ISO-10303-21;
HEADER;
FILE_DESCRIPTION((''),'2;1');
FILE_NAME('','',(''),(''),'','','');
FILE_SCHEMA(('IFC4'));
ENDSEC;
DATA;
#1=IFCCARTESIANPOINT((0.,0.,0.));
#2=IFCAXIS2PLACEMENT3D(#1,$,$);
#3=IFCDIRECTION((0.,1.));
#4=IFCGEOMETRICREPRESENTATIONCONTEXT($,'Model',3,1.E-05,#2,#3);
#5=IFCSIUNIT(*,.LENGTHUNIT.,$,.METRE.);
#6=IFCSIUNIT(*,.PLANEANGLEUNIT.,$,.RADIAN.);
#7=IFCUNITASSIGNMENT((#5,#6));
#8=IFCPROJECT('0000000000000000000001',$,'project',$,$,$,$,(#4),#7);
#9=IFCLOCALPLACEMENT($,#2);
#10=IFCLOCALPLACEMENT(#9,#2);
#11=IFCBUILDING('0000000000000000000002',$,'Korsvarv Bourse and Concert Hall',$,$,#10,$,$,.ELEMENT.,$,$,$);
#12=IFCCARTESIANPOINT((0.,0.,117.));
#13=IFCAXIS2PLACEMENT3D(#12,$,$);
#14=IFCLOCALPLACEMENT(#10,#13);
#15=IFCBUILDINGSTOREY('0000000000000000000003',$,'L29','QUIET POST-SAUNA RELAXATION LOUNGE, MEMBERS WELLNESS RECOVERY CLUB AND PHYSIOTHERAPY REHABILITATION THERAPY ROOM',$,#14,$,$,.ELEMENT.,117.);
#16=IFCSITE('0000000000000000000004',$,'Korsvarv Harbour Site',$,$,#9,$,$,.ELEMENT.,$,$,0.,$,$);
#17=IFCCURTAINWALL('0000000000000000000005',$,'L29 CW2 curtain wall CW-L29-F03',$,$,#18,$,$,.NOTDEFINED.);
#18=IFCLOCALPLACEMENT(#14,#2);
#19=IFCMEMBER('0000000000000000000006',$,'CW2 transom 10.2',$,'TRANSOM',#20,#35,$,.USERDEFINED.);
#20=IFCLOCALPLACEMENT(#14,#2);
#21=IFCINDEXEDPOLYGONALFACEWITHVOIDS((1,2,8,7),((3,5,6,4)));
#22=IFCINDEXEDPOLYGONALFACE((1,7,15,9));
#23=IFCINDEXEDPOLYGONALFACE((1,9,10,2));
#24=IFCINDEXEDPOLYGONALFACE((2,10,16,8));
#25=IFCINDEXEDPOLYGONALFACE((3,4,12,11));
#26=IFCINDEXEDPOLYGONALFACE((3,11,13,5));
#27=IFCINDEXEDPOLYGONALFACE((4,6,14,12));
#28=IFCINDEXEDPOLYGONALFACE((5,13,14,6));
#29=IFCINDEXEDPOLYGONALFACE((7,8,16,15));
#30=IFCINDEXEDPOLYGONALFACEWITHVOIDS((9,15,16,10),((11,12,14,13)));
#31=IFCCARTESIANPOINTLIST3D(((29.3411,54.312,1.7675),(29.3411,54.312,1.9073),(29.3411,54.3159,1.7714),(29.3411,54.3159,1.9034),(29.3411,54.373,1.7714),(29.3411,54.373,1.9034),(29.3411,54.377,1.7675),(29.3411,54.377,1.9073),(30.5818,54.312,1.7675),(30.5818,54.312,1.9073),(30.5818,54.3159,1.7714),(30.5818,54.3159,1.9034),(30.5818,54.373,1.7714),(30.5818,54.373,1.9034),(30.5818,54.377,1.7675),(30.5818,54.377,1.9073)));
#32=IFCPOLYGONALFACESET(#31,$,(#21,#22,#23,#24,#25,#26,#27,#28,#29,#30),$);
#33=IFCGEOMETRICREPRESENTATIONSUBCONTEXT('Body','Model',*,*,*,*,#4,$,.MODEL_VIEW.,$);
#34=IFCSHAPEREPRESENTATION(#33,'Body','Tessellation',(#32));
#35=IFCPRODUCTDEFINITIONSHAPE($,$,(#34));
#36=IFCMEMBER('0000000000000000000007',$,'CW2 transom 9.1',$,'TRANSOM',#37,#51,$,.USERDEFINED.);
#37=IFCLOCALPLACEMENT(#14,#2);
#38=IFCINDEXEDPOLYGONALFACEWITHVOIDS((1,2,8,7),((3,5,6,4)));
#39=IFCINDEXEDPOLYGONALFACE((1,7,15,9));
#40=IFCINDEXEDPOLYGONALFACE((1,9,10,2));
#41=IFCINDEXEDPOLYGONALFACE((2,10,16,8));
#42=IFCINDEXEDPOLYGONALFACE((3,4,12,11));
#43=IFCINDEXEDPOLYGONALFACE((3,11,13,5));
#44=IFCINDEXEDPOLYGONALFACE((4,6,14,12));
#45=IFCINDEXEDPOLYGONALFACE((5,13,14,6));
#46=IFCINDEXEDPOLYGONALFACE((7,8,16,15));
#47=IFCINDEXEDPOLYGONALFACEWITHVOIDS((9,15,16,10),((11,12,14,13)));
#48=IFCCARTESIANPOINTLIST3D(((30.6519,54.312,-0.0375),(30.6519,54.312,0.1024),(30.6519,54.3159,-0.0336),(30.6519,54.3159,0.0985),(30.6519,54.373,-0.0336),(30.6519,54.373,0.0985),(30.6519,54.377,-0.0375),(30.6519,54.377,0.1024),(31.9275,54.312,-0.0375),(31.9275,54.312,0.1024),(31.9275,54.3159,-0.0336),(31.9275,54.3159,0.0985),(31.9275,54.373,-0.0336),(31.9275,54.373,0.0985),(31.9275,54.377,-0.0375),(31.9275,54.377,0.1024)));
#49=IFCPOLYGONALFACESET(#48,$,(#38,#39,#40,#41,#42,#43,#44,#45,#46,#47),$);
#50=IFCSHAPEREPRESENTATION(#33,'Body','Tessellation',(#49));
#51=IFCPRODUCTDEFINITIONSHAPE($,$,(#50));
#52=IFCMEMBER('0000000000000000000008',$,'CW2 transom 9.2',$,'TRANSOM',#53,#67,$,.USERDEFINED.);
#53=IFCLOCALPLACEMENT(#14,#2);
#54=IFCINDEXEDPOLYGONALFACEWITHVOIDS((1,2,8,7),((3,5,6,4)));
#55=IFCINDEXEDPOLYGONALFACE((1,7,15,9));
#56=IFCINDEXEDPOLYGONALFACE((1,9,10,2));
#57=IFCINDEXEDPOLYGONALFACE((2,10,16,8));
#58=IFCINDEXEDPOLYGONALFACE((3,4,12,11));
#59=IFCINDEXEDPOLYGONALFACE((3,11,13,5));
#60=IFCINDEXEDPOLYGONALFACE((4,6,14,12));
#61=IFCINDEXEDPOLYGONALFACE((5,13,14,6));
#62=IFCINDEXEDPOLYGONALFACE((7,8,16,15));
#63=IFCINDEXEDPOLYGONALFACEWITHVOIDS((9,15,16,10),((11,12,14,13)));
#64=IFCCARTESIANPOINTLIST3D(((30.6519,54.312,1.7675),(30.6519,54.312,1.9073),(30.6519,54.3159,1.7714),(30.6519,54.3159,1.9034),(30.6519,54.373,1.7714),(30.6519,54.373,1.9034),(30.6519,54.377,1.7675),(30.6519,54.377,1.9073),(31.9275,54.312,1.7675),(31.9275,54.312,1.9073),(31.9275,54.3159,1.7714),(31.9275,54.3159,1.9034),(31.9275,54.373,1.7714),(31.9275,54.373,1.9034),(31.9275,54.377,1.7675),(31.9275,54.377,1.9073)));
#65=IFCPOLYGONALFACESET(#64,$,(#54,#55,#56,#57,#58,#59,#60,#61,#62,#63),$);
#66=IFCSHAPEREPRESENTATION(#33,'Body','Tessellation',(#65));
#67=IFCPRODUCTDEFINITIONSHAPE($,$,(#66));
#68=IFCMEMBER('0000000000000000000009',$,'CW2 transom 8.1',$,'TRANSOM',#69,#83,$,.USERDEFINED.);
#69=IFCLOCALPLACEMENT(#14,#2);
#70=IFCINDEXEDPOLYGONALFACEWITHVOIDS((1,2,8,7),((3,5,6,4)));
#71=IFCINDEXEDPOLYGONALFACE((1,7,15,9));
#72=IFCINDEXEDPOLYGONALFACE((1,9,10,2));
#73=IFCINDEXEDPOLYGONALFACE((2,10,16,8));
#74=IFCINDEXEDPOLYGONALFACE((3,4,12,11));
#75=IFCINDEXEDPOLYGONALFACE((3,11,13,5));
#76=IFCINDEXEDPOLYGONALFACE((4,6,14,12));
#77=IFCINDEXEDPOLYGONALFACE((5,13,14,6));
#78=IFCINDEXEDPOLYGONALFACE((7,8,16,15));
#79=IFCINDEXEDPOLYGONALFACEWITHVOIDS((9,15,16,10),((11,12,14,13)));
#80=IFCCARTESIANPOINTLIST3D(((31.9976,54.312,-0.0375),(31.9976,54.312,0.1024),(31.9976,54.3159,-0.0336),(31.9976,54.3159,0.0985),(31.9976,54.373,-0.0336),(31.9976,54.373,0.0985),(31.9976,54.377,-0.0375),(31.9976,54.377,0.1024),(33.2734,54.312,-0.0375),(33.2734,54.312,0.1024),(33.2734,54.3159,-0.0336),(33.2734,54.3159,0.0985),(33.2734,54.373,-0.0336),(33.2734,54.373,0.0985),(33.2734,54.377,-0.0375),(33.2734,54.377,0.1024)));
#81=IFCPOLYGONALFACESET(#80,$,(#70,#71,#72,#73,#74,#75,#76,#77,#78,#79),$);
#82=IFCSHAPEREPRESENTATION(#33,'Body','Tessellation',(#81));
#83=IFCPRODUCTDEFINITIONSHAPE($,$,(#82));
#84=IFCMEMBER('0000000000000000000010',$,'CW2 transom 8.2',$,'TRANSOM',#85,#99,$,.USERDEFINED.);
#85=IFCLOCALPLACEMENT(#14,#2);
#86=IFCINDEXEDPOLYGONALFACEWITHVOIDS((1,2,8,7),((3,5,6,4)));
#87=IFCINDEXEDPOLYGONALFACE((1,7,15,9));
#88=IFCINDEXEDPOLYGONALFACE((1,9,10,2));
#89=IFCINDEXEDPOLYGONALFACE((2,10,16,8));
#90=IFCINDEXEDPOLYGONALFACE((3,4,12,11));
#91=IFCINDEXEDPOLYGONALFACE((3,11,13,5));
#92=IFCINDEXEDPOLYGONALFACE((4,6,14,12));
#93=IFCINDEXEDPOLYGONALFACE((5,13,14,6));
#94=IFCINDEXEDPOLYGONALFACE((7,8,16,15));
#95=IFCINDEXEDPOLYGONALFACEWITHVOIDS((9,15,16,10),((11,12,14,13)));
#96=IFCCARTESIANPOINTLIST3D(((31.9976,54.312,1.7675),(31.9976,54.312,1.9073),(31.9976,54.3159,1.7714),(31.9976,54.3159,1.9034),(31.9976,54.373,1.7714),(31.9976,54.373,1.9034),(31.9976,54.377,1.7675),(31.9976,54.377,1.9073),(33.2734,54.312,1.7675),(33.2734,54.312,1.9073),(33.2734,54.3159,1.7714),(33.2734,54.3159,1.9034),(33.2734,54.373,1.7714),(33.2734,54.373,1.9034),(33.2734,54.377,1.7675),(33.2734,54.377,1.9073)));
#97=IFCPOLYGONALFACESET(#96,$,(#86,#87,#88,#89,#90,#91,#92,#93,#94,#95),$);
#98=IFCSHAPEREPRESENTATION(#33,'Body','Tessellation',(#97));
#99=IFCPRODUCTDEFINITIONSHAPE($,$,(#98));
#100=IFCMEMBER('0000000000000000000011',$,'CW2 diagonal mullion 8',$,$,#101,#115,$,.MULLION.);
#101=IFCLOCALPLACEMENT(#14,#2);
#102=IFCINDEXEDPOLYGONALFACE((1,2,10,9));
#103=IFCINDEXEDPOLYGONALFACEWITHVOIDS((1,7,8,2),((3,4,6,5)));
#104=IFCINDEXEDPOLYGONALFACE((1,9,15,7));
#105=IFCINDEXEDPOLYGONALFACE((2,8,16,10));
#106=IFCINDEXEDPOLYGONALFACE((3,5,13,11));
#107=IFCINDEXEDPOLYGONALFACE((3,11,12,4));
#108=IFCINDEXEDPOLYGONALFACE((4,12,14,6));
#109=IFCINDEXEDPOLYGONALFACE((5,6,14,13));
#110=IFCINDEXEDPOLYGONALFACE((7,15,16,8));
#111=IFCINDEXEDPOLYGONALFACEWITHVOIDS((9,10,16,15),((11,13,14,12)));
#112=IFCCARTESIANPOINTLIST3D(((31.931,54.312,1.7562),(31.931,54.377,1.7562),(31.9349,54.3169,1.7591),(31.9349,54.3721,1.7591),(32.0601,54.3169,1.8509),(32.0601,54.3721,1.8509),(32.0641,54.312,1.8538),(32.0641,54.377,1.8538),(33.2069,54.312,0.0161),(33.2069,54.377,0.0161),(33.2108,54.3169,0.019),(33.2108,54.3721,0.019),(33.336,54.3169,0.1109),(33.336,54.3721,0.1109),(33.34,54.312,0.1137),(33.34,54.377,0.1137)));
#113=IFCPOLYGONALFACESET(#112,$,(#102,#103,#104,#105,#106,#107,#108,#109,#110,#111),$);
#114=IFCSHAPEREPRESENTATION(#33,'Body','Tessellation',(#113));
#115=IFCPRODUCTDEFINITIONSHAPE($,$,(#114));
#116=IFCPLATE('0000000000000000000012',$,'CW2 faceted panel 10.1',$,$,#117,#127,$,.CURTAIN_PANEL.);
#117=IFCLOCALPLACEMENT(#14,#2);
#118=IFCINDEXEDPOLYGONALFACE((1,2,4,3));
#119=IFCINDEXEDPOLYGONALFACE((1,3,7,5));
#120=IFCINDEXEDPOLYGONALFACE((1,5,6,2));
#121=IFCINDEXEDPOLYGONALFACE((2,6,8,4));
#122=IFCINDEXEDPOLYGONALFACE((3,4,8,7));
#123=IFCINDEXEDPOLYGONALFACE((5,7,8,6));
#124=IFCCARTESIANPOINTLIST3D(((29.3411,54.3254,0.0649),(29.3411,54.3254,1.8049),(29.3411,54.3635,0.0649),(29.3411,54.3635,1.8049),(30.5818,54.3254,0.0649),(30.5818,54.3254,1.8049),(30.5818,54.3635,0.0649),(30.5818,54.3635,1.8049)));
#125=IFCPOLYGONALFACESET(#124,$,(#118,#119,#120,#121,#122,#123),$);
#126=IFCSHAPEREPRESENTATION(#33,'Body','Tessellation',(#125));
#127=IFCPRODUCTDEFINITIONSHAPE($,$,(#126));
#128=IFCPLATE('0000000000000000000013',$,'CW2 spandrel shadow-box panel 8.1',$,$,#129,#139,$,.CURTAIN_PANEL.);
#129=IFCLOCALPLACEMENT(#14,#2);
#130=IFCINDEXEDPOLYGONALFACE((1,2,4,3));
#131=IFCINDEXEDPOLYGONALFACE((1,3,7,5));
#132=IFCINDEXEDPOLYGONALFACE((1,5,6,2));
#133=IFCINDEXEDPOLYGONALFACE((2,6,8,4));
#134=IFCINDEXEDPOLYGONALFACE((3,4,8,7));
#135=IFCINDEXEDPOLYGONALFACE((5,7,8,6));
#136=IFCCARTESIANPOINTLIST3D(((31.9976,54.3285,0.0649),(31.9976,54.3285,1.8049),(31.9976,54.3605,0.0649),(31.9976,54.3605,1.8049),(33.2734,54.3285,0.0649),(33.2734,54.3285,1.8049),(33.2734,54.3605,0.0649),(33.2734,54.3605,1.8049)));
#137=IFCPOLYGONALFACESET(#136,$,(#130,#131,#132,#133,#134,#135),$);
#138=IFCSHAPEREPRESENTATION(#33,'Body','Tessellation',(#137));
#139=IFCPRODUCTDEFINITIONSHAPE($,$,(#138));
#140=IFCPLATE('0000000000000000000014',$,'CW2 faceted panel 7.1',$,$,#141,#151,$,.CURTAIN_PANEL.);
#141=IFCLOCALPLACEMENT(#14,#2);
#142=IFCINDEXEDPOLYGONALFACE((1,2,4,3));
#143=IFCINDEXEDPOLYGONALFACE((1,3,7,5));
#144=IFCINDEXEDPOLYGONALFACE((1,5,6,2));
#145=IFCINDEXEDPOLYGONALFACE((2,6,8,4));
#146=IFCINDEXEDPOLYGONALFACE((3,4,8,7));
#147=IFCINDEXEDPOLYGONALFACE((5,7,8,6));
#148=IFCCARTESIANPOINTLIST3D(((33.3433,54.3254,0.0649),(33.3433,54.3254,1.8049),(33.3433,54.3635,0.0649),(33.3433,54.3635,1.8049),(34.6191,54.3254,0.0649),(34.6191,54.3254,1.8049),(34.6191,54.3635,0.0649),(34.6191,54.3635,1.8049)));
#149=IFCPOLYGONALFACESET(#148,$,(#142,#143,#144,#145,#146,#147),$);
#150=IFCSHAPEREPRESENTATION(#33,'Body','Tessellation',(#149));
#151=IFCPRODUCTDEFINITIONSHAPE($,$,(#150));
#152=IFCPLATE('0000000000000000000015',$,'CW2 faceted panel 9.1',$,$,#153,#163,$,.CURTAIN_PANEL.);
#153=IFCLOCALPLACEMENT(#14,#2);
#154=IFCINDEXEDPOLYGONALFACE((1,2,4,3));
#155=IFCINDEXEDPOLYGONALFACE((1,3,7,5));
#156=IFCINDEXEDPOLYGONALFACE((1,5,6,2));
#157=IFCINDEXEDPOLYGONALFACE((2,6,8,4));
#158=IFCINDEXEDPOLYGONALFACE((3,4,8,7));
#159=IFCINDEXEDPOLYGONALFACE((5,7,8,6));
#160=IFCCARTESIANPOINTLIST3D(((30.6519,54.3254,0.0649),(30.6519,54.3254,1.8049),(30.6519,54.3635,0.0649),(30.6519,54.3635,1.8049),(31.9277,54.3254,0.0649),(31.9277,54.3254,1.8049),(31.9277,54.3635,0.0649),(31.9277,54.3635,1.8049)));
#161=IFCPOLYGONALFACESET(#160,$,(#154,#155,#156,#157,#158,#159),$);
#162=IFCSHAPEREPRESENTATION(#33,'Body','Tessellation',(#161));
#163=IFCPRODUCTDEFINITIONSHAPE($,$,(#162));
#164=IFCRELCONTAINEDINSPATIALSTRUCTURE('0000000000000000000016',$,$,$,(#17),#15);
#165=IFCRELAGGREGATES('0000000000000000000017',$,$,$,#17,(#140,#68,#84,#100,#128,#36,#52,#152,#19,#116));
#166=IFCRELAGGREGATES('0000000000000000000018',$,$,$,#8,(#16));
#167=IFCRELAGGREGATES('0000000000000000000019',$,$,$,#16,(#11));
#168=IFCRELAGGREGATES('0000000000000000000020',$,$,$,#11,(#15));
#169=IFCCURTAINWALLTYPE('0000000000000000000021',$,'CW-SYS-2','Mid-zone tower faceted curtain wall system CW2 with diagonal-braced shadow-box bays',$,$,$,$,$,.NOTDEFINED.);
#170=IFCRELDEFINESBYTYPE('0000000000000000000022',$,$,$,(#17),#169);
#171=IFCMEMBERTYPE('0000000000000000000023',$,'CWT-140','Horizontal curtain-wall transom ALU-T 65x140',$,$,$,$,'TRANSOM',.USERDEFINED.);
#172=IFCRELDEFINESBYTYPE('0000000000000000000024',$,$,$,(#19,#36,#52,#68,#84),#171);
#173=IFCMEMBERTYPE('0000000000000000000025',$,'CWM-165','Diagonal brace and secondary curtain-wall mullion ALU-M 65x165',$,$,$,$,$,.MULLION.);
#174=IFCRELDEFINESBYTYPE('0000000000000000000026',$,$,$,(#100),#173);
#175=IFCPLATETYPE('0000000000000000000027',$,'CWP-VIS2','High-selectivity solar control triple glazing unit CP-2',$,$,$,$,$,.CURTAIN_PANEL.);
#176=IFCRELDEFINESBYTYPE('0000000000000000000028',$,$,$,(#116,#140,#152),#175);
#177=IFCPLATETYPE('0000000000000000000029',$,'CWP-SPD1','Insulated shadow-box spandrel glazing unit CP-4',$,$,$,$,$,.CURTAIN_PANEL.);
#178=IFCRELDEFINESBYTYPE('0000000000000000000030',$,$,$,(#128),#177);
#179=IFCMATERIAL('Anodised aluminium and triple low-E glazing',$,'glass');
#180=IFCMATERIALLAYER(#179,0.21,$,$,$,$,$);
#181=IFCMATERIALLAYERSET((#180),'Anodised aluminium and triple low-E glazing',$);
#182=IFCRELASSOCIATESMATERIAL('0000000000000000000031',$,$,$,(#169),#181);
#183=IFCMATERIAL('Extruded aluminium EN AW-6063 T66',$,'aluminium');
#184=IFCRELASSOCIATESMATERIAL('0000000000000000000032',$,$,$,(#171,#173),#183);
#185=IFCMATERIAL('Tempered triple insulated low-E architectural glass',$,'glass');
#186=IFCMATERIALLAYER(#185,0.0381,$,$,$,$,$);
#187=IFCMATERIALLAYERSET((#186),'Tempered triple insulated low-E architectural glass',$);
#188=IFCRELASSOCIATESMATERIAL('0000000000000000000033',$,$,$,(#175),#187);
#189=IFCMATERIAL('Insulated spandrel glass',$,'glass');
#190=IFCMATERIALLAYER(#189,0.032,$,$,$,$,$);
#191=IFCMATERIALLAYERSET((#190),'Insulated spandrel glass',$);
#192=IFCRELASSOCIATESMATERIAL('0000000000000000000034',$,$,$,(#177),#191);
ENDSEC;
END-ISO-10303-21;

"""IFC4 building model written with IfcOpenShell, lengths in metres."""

from ifc_helpers import new_model, si_unit, direction, frame, origin, origin_2d, place, context, subcontext, project, spatial, rectangle, hollow_rectangle, extrude, source, transform, mapped, material, layer, layer_set, material_profile, profile_set, type_object, element, aggregate, save


model = new_model("IFC4")

# Units and contexts
model_context = context("Model", 3, precision=1e-05, world=origin(), true_north=direction((0.0, 1.0)))
body_context = subcontext(model_context, "Body", "Model", "MODEL_VIEW")
ifc_project = project(units=[si_unit("LENGTHUNIT", "METRE"), si_unit("PLANEANGLEUNIT", "RADIAN")], contexts=[model_context])

# Site, building, storey
site_placement = place(None, origin())
site = spatial("IfcSite", under=ifc_project, at=site_placement, Name="Korsvarv Harbour Site", CompositionType="ELEMENT", RefElevation=0.0)
building_placement = place(site_placement, origin())
building = spatial("IfcBuilding", under=site, at=building_placement, Name="Korsvarv Bourse and Concert Hall", CompositionType="ELEMENT")
storey_placement = place(building_placement, frame((0.0, 0.0, 117.0)))
storey = spatial("IfcBuildingStorey", under=building, at=storey_placement, Name="L29", Description="QUIET POST-SAUNA RELAXATION LOUNGE, MEMBERS WELLNESS RECOVERY CLUB AND PHYSIOTHERAPY REHABILITATION THERAPY ROOM", CompositionType="ELEMENT", Elevation=117.0)

# Curtain wall, members, plates
ifc_material_1 = material(Name="Anodised aluminium and triple low-E glazing", Category="glass")
ifc_layer_1 = layer(ifc_material_1, 0.21)
ifc_layer_set_1 = layer_set([ifc_layer_1], Name="Anodised aluminium and triple low-E glazing")
curtain_wall_type = type_object("IfcCurtainWallType", Name="CW-SYS-2", Description="Mid-zone tower faceted curtain wall system CW2 with diagonal-braced shadow-box bays", PredefinedType="NOTDEFINED", material=ifc_layer_set_1)
curtain_wall_placement = place(storey_placement, origin())
curtain_wall = element("IfcCurtainWall", 1, at=curtain_wall_placement, inside=storey, type_object=curtain_wall_type, Name="L29 CW2 curtain wall CW-L29-F03", PredefinedType="NOTDEFINED")
ifc_material_2 = material(Name="Extruded aluminium EN AW-6063 T66", Category="aluminium")
ifc_material_profile_1 = material_profile(ifc_material_2, hollow_rectangle(XDim=0.0649, YDim=0.1399, WallThickness=0.0039, at=origin_2d()), Name="ALU-T 65x140")
ifc_profile_set_1 = profile_set([ifc_material_profile_1], Name="Extruded aluminium EN AW-6063 T66")
member_type_1 = type_object("IfcMemberType", Name="CWT-140", Description="Horizontal curtain-wall transom ALU-T 65x140", ElementType="TRANSOM", PredefinedType="USERDEFINED", material=ifc_profile_set_1)
shared_shape_1 = source(origin(), body_context, "Body", "SweptSolid", [
    extrude(hollow_rectangle(XDim=0.0649, YDim=0.1399, WallThickness=0.0039, at=origin_2d()), origin(), (0.0, 0.0, 1.0), 1.2407),
])
member_1_placement = place(storey_placement, frame((30.5818, 54.3445, 1.8374), z_axis=(-1.0, 0.0, 0.0), x_axis=(0.0, -1.0, 0.0)))
member_1 = element("IfcMember", 2, at=member_1_placement, type_object=member_type_1, Name="CW2 transom 10.2", ObjectType="TRANSOM", PredefinedType="USERDEFINED", context=body_context, shape_type="MappedRepresentation", body=[
    mapped(shared_shape_1, transform((0.0, 0.0, 0.0), scale=1.0)),
])
shared_shape_2 = source(origin(), body_context, "Body", "SweptSolid", [
    extrude(hollow_rectangle(XDim=0.0649, YDim=0.1399, WallThickness=0.0039, at=origin_2d()), origin(), (0.0, 0.0, 1.0), 1.2756),
])
member_2_placement = place(storey_placement, frame((31.9275, 54.3445, 0.0325), z_axis=(-1.0, 0.0, 0.0), x_axis=(0.0, -1.0, 0.0)))
member_2 = element("IfcMember", 3, at=member_2_placement, type_object=member_type_1, Name="CW2 transom 9.1", ObjectType="TRANSOM", PredefinedType="USERDEFINED", context=body_context, shape_type="MappedRepresentation", body=[
    mapped(shared_shape_2, transform((0.0, 0.0, 0.0), scale=1.0)),
])
member_3_placement = place(storey_placement, frame((31.9275, 54.3445, 1.8374), z_axis=(-1.0, 0.0, 0.0), x_axis=(0.0, -1.0, 0.0)))
member_3 = element("IfcMember", 4, at=member_3_placement, type_object=member_type_1, Name="CW2 transom 9.2", ObjectType="TRANSOM", PredefinedType="USERDEFINED", context=body_context, shape_type="MappedRepresentation", body=[
    mapped(shared_shape_2, transform((0.0, 0.0, 0.0), scale=1.0)),
])
shared_shape_3 = source(origin(), body_context, "Body", "SweptSolid", [
    extrude(hollow_rectangle(XDim=0.0649, YDim=0.1399, WallThickness=0.0039, at=origin_2d()), origin(), (0.0, 0.0, 1.0), 1.2759),
])
member_4_placement = place(storey_placement, frame((33.2734, 54.3445, 0.0325), z_axis=(-1.0, 0.0, 0.0), x_axis=(0.0, -1.0, 0.0)))
member_4 = element("IfcMember", 5, at=member_4_placement, type_object=member_type_1, Name="CW2 transom 8.1", ObjectType="TRANSOM", PredefinedType="USERDEFINED", context=body_context, shape_type="MappedRepresentation", body=[
    mapped(shared_shape_3, transform((0.0, 0.0, 0.0), scale=1.0)),
])
member_5_placement = place(storey_placement, frame((33.2734, 54.3445, 1.8374), z_axis=(-1.0, 0.0, 0.0), x_axis=(0.0, -1.0, 0.0)))
member_5 = element("IfcMember", 6, at=member_5_placement, type_object=member_type_1, Name="CW2 transom 8.2", ObjectType="TRANSOM", PredefinedType="USERDEFINED", context=body_context, shape_type="MappedRepresentation", body=[
    mapped(shared_shape_3, transform((0.0, 0.0, 0.0), scale=1.0)),
])
ifc_material_profile_2 = material_profile(ifc_material_2, hollow_rectangle(XDim=0.0649, YDim=0.165, WallThickness=0.0049, at=origin_2d()), Name="ALU-M 65x165")
ifc_profile_set_2 = profile_set([ifc_material_profile_2], Name="Extruded aluminium EN AW-6063 T66")
member_type_2 = type_object("IfcMemberType", Name="CWM-165", Description="Diagonal brace and secondary curtain-wall mullion ALU-M 65x165", PredefinedType="MULLION", material=ifc_profile_set_2)
shared_shape_4 = source(origin(), body_context, "Body", "SweptSolid", [
    extrude(hollow_rectangle(XDim=0.0649, YDim=0.165, WallThickness=0.0049, at=origin_2d()), origin(), (0.0, 0.0, 1.0), 2.1577),
])
member_6_placement = place(storey_placement, frame((33.2734, 54.3445, 0.0649), z_axis=(-0.591329, 0.0, 0.80643), x_axis=(0.0, -1.0, 0.0)))
member_6 = element("IfcMember", 7, at=member_6_placement, type_object=member_type_2, Name="CW2 diagonal mullion 8", PredefinedType="MULLION", context=body_context, shape_type="MappedRepresentation", body=[
    mapped(shared_shape_4, transform((0.0, 0.0, 0.0), scale=1.0)),
])
ifc_material_3 = material(Name="Tempered triple insulated low-E architectural glass", Category="glass")
ifc_layer_2 = layer(ifc_material_3, 0.0381)
ifc_layer_set_2 = layer_set([ifc_layer_2], Name="Tempered triple insulated low-E architectural glass")
plate_type_1 = type_object("IfcPlateType", Name="CWP-VIS2", Description="High-selectivity solar control triple glazing unit CP-2", PredefinedType="CURTAIN_PANEL", material=ifc_layer_set_2)
shared_shape_5 = source(origin(), body_context, "Body", "SweptSolid", [
    extrude(rectangle(XDim=1.2407, YDim=0.0381, at=origin_2d()), origin(), (0.0, 0.0, 1.0), 1.74),
])
plate_1_placement = place(storey_placement, frame((29.9614, 54.3445, 0.0649), z_axis=(0.0, 0.0, 1.0), x_axis=(-1.0, 0.0, 0.0)))
plate_1 = element("IfcPlate", 8, at=plate_1_placement, type_object=plate_type_1, Name="CW2 faceted panel 10.1", PredefinedType="CURTAIN_PANEL", context=body_context, shape_type="MappedRepresentation", body=[
    mapped(shared_shape_5, transform((0.0, 0.0, 0.0), scale=1.0)),
])
ifc_material_4 = material(Name="Insulated spandrel glass", Category="glass")
ifc_layer_3 = layer(ifc_material_4, 0.032)
ifc_layer_set_3 = layer_set([ifc_layer_3], Name="Insulated spandrel glass")
plate_type_2 = type_object("IfcPlateType", Name="CWP-SPD1", Description="Insulated shadow-box spandrel glazing unit CP-4", PredefinedType="CURTAIN_PANEL", material=ifc_layer_set_3)
shared_shape_6 = source(origin(), body_context, "Body", "SweptSolid", [
    extrude(rectangle(XDim=1.2759, YDim=0.032, at=origin_2d()), origin(), (0.0, 0.0, 1.0), 1.74),
])
plate_2_placement = place(storey_placement, frame((32.6355, 54.3445, 0.0649), z_axis=(0.0, 0.0, 1.0), x_axis=(-1.0, 0.0, 0.0)))
plate_2 = element("IfcPlate", 9, at=plate_2_placement, type_object=plate_type_2, Name="CW2 spandrel shadow-box panel 8.1", PredefinedType="CURTAIN_PANEL", context=body_context, shape_type="MappedRepresentation", body=[
    mapped(shared_shape_6, transform((0.0, 0.0, 0.0), scale=1.0)),
])
shared_shape_7 = source(origin(), body_context, "Body", "SweptSolid", [
    extrude(rectangle(XDim=1.2759, YDim=0.0381, at=origin_2d()), origin(), (0.0, 0.0, 1.0), 1.74),
])
plate_3_placement = place(storey_placement, frame((33.9812, 54.3445, 0.0649), z_axis=(0.0, 0.0, 1.0), x_axis=(-1.0, 0.0, 0.0)))
plate_3 = element("IfcPlate", 10, at=plate_3_placement, type_object=plate_type_1, Name="CW2 faceted panel 7.1", PredefinedType="CURTAIN_PANEL", context=body_context, shape_type="MappedRepresentation", body=[
    mapped(shared_shape_7, transform((0.0, 0.0, 0.0), scale=1.0)),
])
plate_4_placement = place(storey_placement, frame((31.2898, 54.3445, 0.0649), z_axis=(0.0, 0.0, 1.0), x_axis=(-1.0, 0.0, 0.0)))
plate_4 = element("IfcPlate", 11, at=plate_4_placement, type_object=plate_type_1, Name="CW2 faceted panel 9.1", PredefinedType="CURTAIN_PANEL", context=body_context, shape_type="MappedRepresentation", body=[
    mapped(shared_shape_7, transform((0.0, 0.0, 0.0), scale=1.0)),
])
aggregate(curtain_wall, [plate_3, member_4, member_5, member_6, plate_2, member_2, member_3, plate_4, member_1, plate_1])

save(model, "model.ifc")
